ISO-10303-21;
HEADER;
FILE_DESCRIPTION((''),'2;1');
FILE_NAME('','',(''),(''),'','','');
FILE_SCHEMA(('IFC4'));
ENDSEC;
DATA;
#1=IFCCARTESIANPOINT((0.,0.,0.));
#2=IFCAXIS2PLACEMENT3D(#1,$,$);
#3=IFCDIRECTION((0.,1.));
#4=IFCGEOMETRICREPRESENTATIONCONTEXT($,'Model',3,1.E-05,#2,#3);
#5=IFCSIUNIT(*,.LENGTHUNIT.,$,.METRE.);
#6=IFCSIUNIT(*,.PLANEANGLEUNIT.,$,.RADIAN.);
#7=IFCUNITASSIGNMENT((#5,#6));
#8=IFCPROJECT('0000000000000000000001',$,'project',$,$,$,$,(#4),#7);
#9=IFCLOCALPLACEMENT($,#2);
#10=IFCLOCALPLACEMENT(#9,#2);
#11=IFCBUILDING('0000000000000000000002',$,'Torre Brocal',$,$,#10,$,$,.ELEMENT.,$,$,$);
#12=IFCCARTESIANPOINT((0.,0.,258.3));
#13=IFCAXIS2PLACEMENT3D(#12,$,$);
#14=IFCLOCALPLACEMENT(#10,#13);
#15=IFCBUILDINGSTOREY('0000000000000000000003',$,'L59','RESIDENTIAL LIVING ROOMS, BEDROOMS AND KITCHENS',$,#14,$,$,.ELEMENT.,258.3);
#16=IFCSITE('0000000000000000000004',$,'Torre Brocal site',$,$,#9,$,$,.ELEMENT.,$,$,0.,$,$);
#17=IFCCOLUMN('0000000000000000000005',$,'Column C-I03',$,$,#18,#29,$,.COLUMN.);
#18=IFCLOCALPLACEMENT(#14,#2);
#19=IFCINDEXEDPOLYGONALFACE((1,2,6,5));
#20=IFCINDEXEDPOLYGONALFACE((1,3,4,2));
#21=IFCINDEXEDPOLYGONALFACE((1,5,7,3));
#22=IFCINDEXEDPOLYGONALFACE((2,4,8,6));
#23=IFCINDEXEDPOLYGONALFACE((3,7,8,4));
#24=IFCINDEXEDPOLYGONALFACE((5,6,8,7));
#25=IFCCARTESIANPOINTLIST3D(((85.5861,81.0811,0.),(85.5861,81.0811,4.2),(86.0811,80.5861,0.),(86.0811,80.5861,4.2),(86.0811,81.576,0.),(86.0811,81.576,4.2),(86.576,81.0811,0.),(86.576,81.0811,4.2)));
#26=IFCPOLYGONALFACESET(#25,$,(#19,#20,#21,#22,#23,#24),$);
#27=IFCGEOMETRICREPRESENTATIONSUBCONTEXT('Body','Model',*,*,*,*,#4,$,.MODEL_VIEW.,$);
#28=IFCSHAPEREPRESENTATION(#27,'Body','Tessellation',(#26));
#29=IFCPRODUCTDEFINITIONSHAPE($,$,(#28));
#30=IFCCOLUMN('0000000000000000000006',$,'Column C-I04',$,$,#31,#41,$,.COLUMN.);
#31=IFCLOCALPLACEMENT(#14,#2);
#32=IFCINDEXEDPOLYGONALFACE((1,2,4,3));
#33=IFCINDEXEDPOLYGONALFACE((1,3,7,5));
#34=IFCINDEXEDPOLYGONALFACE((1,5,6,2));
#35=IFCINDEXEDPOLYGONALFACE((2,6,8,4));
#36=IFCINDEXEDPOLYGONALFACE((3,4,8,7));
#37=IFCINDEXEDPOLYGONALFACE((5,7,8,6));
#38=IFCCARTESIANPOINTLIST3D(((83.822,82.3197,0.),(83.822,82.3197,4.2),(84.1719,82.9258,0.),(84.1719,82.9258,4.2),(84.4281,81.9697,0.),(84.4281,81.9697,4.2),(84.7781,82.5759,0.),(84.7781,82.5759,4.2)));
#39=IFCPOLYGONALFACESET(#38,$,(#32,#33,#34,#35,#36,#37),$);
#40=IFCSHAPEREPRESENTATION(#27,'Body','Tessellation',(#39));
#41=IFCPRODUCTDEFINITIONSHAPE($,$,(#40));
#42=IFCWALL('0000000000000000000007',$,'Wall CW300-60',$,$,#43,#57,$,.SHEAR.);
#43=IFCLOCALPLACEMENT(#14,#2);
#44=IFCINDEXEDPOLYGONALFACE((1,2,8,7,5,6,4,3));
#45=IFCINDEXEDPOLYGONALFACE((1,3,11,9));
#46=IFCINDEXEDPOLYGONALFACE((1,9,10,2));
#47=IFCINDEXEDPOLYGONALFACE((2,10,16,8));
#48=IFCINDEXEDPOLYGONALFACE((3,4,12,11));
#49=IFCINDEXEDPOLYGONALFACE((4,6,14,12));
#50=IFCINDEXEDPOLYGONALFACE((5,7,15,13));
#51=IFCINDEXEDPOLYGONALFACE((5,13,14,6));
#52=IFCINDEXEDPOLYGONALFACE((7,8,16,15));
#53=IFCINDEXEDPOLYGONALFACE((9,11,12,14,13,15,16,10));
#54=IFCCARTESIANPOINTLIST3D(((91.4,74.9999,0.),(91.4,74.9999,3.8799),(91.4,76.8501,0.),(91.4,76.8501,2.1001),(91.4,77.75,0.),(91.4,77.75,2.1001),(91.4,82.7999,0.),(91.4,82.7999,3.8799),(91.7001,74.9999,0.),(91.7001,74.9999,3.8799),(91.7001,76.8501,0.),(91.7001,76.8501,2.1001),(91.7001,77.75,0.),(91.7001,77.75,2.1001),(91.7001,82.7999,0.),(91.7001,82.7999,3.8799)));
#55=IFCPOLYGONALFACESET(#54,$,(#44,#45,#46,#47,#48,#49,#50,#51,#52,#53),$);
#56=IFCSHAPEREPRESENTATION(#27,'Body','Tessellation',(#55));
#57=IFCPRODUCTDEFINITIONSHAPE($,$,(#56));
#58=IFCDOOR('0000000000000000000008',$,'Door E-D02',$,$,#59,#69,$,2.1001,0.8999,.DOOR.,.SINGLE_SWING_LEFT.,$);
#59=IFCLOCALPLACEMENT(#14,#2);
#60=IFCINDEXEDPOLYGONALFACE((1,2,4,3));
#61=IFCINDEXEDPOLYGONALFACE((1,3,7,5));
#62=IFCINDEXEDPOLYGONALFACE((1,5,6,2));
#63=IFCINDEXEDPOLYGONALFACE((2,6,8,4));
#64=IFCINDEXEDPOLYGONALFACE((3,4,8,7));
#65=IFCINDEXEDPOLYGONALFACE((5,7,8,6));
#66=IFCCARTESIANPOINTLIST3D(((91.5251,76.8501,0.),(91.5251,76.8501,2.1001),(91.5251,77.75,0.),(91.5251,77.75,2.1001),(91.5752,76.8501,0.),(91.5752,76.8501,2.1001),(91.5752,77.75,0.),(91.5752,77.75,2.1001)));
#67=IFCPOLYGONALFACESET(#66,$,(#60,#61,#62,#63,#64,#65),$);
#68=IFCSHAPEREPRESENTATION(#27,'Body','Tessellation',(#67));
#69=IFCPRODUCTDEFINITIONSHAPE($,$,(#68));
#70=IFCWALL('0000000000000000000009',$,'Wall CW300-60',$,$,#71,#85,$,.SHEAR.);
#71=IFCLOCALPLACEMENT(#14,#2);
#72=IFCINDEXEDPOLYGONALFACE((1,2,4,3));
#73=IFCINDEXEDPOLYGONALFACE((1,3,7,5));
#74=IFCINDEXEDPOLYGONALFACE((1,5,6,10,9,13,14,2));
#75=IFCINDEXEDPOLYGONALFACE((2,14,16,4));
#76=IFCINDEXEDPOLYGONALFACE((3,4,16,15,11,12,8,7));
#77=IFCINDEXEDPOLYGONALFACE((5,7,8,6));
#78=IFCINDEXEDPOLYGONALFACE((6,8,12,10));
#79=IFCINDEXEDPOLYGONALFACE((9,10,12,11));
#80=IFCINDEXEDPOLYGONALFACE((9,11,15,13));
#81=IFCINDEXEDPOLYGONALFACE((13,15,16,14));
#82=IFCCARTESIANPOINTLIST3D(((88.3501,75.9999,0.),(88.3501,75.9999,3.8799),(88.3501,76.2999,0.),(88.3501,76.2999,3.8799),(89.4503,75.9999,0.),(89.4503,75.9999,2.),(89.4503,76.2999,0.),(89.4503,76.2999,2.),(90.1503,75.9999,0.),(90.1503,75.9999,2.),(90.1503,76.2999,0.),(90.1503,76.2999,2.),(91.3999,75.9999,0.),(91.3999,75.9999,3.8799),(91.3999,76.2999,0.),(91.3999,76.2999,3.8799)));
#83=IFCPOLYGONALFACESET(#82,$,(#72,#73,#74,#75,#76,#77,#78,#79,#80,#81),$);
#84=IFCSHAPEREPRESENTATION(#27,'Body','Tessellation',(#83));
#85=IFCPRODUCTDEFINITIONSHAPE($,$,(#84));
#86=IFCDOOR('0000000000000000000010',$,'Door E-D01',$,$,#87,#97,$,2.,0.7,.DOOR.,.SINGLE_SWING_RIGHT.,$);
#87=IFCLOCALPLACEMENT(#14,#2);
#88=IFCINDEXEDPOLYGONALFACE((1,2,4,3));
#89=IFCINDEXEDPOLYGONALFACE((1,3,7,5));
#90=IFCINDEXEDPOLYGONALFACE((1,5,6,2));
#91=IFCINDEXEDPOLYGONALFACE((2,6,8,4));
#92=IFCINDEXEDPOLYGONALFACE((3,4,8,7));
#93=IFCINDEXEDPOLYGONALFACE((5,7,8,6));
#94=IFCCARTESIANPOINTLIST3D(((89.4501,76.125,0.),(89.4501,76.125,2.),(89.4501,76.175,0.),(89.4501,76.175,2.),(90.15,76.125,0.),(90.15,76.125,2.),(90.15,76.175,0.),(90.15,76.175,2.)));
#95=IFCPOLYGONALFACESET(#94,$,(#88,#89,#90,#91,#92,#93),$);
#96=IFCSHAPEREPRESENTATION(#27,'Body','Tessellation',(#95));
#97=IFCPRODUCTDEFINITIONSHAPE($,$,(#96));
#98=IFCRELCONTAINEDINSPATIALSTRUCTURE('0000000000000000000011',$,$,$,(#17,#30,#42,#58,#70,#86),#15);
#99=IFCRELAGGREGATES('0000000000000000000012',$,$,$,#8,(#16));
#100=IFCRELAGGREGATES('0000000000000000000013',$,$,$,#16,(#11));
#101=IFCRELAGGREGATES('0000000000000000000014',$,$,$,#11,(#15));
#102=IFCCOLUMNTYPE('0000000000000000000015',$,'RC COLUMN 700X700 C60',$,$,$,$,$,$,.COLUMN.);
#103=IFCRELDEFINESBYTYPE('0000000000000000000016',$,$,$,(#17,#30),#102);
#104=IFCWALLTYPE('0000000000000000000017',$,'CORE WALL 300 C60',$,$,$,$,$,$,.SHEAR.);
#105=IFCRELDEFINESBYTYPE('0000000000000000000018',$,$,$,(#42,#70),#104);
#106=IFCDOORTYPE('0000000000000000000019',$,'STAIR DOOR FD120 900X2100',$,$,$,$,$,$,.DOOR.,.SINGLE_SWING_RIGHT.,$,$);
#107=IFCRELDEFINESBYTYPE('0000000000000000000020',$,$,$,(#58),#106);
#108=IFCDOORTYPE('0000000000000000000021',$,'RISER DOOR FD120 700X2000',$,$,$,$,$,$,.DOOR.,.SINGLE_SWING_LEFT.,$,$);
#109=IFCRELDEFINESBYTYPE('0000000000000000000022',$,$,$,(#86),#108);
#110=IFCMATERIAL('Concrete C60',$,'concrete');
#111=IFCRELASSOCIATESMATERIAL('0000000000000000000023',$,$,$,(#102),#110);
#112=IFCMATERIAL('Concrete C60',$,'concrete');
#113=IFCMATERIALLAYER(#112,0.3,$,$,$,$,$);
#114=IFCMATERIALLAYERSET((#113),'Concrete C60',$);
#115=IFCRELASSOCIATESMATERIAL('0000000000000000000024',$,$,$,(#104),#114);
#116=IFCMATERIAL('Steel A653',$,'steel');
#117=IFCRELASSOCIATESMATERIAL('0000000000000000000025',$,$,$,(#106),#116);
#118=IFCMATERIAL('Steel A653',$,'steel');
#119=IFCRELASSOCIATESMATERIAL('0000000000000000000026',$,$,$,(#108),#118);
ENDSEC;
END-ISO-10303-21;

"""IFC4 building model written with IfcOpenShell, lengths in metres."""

from ifc_helpers import new_model, si_unit, direction, frame, frame_2d, origin, origin_2d, place, context, subcontext, project, spatial, rectangle, extrude, material, layer, layer_set, material_profile, profile_set, type_object, element, fill, save


model = new_model("IFC4")

# Units and contexts
model_context = context("Model", 3, precision=1e-05, world=origin(), true_north=direction((0.0, 1.0)))
body_context = subcontext(model_context, "Body", "Model", "MODEL_VIEW")
ifc_project = project(units=[si_unit("LENGTHUNIT", "METRE"), si_unit("PLANEANGLEUNIT", "RADIAN")], contexts=[model_context])

# Site, building, storey
site_placement = place(None, origin())
site = spatial("IfcSite", under=ifc_project, at=site_placement, Name="Torre Brocal site", CompositionType="ELEMENT", RefElevation=0.0)
building_placement = place(site_placement, origin())
building = spatial("IfcBuilding", under=site, at=building_placement, Name="Torre Brocal", CompositionType="ELEMENT")
storey_placement = place(building_placement, frame((0.0, 0.0, 258.3)))
storey = spatial("IfcBuildingStorey", under=building, at=storey_placement, Name="L59", Description="RESIDENTIAL LIVING ROOMS, BEDROOMS AND KITCHENS", CompositionType="ELEMENT", Elevation=258.3)

# Columns
ifc_material_1 = material(Name="Concrete C60", Category="concrete")
ifc_material_profile = material_profile(ifc_material_1, rectangle(XDim=0.7, YDim=0.7, at=origin_2d()), Name="RC 700X700")
ifc_profile_set = profile_set([ifc_material_profile], Name="Concrete C60")
column_type = type_object("IfcColumnType", Name="RC COLUMN 700X700 C60", PredefinedType="COLUMN", material=ifc_profile_set)
for number, where, z_axis, x_axis, name in (
    (1, (86.0811, 81.0811, 0.0), (0.0, 0.0, 1.0), (0.707107, 0.707107, 0.0), "Column C-I03"),
    (2, (84.3, 82.4478, 0.0), (0.0, 0.0, 1.0), (0.5, 0.866025, 0.0), "Column C-I04"),
):
    element("IfcColumn", number, at=place(storey_placement, frame(where, z_axis=z_axis, x_axis=x_axis)), inside=storey, type_object=column_type, Name=name, PredefinedType="COLUMN", context=body_context, shape_type="SweptSolid", body=[
        extrude(rectangle(XDim=0.7, YDim=0.7, at=origin_2d()), origin(), (0.0, 0.0, 1.0), 4.2),
    ])

# Walls, openings, doors
ifc_material_2 = material(Name="Concrete C60", Category="concrete")
ifc_layer_1 = layer(ifc_material_2, 0.3)
ifc_layer_set_1 = layer_set([ifc_layer_1], Name="Concrete C60")
wall_type_1 = type_object("IfcWallType", Name="CORE WALL 300 C60", PredefinedType="SHEAR", material=ifc_layer_set_1)
wall_1_placement = place(storey_placement, frame((91.55, 75.0, 0.0), z_axis=(0.0, 0.0, 1.0), x_axis=(0.0, 1.0, 0.0)))
wall_1 = element("IfcWall", 3, at=wall_1_placement, inside=storey, type_object=wall_type_1, Name="Wall CW300-60", PredefinedType="SHEAR", context=body_context, shape_type="SweptSolid", body=[
    extrude(rectangle(XDim=7.8, YDim=0.3, at=frame_2d((3.8999, 0.0))), origin(), (0.0, 0.0, 1.0), 3.8799),
])
opening_1_placement = place(wall_1_placement, frame((1.8501, 0.0, 0.0)))
opening_1 = element("IfcOpeningElement", 4, at=opening_1_placement, cuts=wall_1, PredefinedType="OPENING", context=body_context, shape_type="SweptSolid", body=[
    extrude(rectangle(XDim=0.8999, YDim=2.1001, at=frame_2d((0.45, 1.05))), frame((0.0, 0.1599, 0.0), z_axis=(0.0, -1.0, 0.0), x_axis=(1.0, 0.0, 0.0)), (0.0, 0.0, 1.0), 0.3201),
])
ifc_material_3 = material(Name="Steel A653", Category="steel")
door_type_1 = type_object("IfcDoorType", Name="STAIR DOOR FD120 900X2100", OperationType="SINGLE_SWING_RIGHT", PredefinedType="DOOR", material=ifc_material_3)
door_1_placement = place(opening_1_placement, origin())
door_1 = element("IfcDoor", 5, at=door_1_placement, inside=storey, type_object=door_type_1, Name="Door E-D02", OperationType="SINGLE_SWING_LEFT", OverallHeight=2.1001, OverallWidth=0.8999, PredefinedType="DOOR", context=body_context, shape_type="SweptSolid", body=[
    extrude(rectangle(XDim=0.8999, YDim=2.1001, at=frame_2d((0.45, 1.05))), frame((0.0, 0.0249, 0.0), z_axis=(0.0, -1.0, 0.0), x_axis=(1.0, 0.0, 0.0)), (0.0, 0.0, 1.0), 0.05),
])
fill(opening_1, door_1)
wall_2_placement = place(storey_placement, frame((88.3501, 76.1499, 0.0), z_axis=(0.0, 0.0, 1.0), x_axis=(1.0, 0.0, 0.0)))
wall_2 = element("IfcWall", 6, at=wall_2_placement, inside=storey, type_object=wall_type_1, Name="Wall CW300-60", PredefinedType="SHEAR", context=body_context, shape_type="SweptSolid", body=[
    extrude(rectangle(XDim=3.0498, YDim=0.3, at=frame_2d((1.5249, 0.0))), origin(), (0.0, 0.0, 1.0), 3.8799),
])
opening_2_placement = place(wall_2_placement, frame((1.1001, 0.0, 0.0)))
opening_2 = element("IfcOpeningElement", 7, at=opening_2_placement, cuts=wall_2, PredefinedType="OPENING", context=body_context, shape_type="SweptSolid", body=[
    extrude(rectangle(XDim=0.7, YDim=2.0, at=frame_2d((0.3501, 1.0))), frame((0.0, 0.1599, 0.0), z_axis=(0.0, -1.0, 0.0), x_axis=(1.0, 0.0, 0.0)), (0.0, 0.0, 1.0), 0.3201),
])
ifc_material_4 = material(Name="Steel A653", Category="steel")
door_type_2 = type_object("IfcDoorType", Name="RISER DOOR FD120 700X2000", OperationType="SINGLE_SWING_LEFT", PredefinedType="DOOR", material=ifc_material_4)
door_2_placement = place(opening_2_placement, frame((0.7, 0.0, 0.0), z_axis=(0.0, 0.0, 1.0), x_axis=(-1.0, 0.0, 0.0)))
door_2 = element("IfcDoor", 8, at=door_2_placement, inside=storey, type_object=door_type_2, Name="Door E-D01", OperationType="SINGLE_SWING_RIGHT", OverallHeight=2.0, OverallWidth=0.7, PredefinedType="DOOR", context=body_context, shape_type="SweptSolid", body=[
    extrude(rectangle(XDim=0.7, YDim=2.0, at=frame_2d((0.3501, 1.0))), frame((0.0, 0.0249, 0.0), z_axis=(0.0, -1.0, 0.0), x_axis=(1.0, 0.0, 0.0)), (0.0, 0.0, 1.0), 0.05),
])
fill(opening_2, door_2)

save(model, "model.ifc")
